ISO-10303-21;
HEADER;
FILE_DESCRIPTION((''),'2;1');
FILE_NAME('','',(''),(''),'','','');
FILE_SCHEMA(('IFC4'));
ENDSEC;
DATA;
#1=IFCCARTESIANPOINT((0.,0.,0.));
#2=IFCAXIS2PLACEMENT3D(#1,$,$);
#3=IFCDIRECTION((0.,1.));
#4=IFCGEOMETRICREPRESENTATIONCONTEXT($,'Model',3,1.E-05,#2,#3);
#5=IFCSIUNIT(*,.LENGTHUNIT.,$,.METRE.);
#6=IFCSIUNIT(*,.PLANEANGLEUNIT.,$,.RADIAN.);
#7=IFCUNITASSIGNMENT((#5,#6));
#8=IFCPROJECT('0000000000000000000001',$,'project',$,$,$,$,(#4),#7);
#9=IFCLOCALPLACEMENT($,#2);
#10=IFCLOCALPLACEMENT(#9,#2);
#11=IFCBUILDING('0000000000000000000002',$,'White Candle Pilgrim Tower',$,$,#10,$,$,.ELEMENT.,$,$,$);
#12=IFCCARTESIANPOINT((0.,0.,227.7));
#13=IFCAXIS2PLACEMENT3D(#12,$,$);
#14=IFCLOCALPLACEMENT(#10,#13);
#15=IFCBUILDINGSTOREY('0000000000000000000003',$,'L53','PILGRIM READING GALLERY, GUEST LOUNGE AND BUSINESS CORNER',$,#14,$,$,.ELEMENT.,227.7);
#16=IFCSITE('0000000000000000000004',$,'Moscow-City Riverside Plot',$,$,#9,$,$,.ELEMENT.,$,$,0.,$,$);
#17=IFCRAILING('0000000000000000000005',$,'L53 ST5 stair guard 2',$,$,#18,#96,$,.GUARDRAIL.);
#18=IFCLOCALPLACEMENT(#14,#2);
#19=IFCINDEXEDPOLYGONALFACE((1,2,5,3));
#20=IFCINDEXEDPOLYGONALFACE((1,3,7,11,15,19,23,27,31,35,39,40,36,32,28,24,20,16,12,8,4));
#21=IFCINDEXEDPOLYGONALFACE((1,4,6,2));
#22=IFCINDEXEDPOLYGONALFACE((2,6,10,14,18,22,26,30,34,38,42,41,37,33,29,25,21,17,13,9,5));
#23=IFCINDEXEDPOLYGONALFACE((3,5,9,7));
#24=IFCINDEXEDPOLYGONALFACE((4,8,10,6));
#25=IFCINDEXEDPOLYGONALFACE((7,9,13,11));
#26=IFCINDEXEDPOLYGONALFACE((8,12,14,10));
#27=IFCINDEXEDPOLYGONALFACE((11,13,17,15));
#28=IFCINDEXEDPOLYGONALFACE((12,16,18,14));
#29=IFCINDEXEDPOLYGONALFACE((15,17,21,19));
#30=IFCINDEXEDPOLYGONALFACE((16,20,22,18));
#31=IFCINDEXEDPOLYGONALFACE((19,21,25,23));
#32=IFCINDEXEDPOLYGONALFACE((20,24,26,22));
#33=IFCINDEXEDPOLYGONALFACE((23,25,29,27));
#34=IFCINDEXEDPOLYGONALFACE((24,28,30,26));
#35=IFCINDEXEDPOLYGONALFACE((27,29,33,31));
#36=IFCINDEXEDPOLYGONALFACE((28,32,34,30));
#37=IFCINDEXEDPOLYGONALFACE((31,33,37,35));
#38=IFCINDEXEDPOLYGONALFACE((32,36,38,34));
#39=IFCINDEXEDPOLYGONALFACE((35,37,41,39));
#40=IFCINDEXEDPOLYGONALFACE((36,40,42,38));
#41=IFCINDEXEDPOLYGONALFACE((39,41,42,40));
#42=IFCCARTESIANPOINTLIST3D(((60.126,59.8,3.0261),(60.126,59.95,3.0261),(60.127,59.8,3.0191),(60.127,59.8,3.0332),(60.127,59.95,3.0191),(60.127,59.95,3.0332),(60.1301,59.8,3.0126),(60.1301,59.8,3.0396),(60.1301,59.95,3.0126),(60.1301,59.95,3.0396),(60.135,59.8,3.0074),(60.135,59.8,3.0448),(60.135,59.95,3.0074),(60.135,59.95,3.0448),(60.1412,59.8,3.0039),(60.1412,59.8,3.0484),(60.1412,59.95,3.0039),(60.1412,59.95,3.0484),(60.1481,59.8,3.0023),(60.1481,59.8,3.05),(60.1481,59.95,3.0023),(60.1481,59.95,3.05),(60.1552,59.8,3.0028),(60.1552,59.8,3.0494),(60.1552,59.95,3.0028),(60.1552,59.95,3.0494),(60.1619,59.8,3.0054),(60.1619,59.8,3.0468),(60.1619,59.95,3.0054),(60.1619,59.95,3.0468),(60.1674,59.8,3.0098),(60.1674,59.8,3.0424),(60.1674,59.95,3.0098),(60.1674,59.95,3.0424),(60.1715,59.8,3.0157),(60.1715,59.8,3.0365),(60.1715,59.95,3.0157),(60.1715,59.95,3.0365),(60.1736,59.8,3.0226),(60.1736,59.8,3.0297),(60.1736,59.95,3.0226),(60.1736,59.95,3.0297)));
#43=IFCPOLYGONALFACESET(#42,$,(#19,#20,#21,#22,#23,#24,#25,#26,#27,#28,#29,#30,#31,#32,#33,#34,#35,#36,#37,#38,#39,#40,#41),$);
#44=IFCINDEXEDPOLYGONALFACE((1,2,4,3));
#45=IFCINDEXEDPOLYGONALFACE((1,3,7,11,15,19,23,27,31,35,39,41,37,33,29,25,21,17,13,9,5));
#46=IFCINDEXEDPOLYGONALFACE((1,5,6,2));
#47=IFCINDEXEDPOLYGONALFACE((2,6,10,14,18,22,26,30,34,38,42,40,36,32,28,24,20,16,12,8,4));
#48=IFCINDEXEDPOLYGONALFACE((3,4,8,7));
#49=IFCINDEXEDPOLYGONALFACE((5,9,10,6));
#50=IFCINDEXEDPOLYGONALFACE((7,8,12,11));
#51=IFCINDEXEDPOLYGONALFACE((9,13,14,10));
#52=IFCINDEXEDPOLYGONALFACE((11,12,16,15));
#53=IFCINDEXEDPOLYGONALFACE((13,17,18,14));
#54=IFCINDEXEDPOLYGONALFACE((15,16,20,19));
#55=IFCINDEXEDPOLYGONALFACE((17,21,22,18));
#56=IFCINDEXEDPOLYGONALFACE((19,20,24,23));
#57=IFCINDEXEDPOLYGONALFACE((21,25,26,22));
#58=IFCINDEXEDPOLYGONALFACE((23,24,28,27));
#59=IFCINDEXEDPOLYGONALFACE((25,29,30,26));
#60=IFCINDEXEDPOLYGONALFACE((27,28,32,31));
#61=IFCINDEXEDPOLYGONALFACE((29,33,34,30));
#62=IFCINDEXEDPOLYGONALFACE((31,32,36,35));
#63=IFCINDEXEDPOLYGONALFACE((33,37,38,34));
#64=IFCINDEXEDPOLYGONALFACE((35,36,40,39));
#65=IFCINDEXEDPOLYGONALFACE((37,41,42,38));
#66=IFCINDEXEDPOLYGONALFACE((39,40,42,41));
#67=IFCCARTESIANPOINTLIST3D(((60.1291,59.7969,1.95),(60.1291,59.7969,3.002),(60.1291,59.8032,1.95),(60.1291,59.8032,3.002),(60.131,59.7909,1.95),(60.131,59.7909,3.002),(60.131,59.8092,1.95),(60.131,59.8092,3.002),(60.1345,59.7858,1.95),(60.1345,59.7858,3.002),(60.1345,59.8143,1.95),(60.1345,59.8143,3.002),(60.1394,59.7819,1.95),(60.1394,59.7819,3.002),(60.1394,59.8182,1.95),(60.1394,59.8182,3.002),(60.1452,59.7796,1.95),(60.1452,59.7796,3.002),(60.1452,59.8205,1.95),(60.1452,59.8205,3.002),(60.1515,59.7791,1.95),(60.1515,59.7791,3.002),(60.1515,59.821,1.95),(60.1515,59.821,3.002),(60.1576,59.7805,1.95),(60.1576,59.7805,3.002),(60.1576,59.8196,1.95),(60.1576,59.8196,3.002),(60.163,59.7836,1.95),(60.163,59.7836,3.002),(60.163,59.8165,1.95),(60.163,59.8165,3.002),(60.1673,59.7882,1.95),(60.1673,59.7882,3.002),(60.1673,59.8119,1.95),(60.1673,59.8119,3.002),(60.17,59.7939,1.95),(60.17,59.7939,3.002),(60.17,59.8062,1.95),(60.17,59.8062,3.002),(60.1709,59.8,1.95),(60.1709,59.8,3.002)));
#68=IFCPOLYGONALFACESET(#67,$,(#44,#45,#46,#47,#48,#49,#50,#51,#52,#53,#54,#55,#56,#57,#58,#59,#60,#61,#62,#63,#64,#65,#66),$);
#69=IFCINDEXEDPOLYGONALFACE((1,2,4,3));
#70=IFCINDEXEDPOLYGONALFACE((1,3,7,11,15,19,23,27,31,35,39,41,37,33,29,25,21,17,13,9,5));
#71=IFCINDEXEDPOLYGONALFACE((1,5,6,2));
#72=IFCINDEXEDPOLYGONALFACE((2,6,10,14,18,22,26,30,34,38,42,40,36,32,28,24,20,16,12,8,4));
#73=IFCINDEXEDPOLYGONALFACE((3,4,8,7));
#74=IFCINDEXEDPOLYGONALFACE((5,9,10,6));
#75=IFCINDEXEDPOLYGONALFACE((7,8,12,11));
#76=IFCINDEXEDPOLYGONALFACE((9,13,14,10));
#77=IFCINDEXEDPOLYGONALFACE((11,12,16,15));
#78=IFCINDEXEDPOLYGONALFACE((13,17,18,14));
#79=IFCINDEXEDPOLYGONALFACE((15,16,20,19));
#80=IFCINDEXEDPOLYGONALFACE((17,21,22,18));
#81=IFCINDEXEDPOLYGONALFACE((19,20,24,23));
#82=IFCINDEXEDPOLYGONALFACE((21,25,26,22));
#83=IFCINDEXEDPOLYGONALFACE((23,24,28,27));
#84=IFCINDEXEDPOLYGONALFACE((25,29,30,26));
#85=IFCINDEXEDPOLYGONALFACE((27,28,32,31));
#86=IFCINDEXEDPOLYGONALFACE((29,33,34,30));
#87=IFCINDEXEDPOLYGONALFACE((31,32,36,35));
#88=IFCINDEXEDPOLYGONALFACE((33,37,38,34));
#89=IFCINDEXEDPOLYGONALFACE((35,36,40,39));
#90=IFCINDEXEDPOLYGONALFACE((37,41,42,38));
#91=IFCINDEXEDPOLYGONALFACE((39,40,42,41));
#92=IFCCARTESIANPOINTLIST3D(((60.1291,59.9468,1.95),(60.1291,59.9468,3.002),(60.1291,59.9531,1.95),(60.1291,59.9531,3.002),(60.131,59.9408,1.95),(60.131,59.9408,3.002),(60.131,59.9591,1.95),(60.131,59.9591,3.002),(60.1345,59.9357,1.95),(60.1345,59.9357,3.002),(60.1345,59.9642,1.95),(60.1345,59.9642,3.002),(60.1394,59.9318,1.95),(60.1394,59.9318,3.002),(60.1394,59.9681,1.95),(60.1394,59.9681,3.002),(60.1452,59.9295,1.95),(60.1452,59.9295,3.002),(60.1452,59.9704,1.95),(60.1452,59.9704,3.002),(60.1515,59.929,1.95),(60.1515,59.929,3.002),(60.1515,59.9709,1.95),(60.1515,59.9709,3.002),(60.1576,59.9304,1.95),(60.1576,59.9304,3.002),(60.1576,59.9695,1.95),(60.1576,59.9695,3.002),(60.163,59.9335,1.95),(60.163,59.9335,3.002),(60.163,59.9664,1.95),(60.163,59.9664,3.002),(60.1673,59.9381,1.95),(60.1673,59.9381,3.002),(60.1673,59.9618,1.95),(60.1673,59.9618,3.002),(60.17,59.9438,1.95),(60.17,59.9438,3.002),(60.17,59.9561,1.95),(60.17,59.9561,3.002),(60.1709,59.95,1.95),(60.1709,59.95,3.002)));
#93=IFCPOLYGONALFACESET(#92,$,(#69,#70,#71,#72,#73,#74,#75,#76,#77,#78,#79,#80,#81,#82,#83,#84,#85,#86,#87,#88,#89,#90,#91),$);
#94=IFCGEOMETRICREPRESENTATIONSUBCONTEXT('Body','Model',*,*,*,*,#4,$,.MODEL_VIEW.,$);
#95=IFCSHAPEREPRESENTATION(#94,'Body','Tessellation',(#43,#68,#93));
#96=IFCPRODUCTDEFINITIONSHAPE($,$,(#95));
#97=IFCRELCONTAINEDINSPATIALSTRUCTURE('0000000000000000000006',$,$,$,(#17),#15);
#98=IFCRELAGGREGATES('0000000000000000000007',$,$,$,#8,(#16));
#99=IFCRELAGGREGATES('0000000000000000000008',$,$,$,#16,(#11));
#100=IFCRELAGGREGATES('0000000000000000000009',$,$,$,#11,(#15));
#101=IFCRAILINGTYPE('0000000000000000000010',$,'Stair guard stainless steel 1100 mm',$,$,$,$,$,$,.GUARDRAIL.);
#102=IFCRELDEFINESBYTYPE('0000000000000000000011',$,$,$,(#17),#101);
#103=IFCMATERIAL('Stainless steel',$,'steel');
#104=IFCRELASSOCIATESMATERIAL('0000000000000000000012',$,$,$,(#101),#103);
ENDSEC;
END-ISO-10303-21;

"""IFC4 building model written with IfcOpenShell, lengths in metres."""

from ifc_helpers import new_model, si_unit, direction, frame, origin, origin_2d, place, context, subcontext, project, spatial, circle, extrude, material, type_object, element, save


model = new_model("IFC4")

# Units and contexts
model_context = context("Model", 3, precision=1e-05, world=origin(), true_north=direction((0.0, 1.0)))
body_context = subcontext(model_context, "Body", "Model", "MODEL_VIEW")
ifc_project = project(units=[si_unit("LENGTHUNIT", "METRE"), si_unit("PLANEANGLEUNIT", "RADIAN")], contexts=[model_context])

# Site, building, storey
site_placement = place(None, origin())
site = spatial("IfcSite", under=ifc_project, at=site_placement, Name="Moscow-City Riverside Plot", CompositionType="ELEMENT", RefElevation=0.0)
building_placement = place(site_placement, origin())
building = spatial("IfcBuilding", under=site, at=building_placement, Name="White Candle Pilgrim Tower", CompositionType="ELEMENT")
storey_placement = place(building_placement, frame((0.0, 0.0, 227.7)))
storey = spatial("IfcBuildingStorey", under=building, at=storey_placement, Name="L53", Description="PILGRIM READING GALLERY, GUEST LOUNGE AND BUSINESS CORNER", CompositionType="ELEMENT", Elevation=227.7)

# Railing
ifc_material_1 = material(Name="Stainless steel", Category="steel")
railing_type_1 = type_object("IfcRailingType", Name="Stair guard stainless steel 1100 mm", PredefinedType="GUARDRAIL", material=ifc_material_1)
railing_1_placement = place(storey_placement, frame((60.1499, 59.8, 1.95)))
element("IfcRailing", 1, at=railing_1_placement, inside=storey, type_object=railing_type_1, Name="L53 ST5 stair guard 2", PredefinedType="GUARDRAIL", context=body_context, shape_type="SweptSolid", body=[
    extrude(circle(Radius=0.0239, at=origin_2d()), frame((0.0, 0.0, 1.0762), z_axis=(0.0, 1.0, 0.0), x_axis=(-1.0, 0.0, 0.0)), (0.0, 0.0, 1.0), 0.1499),
    extrude(circle(Radius=0.021, at=origin_2d()), origin(), (0.0, 0.0, 1.0), 1.052),
    extrude(circle(Radius=0.021, at=origin_2d()), frame((0.0, 0.1499, 0.0)), (0.0, 0.0, 1.0), 1.052),
])

save(model, "model.ifc")
